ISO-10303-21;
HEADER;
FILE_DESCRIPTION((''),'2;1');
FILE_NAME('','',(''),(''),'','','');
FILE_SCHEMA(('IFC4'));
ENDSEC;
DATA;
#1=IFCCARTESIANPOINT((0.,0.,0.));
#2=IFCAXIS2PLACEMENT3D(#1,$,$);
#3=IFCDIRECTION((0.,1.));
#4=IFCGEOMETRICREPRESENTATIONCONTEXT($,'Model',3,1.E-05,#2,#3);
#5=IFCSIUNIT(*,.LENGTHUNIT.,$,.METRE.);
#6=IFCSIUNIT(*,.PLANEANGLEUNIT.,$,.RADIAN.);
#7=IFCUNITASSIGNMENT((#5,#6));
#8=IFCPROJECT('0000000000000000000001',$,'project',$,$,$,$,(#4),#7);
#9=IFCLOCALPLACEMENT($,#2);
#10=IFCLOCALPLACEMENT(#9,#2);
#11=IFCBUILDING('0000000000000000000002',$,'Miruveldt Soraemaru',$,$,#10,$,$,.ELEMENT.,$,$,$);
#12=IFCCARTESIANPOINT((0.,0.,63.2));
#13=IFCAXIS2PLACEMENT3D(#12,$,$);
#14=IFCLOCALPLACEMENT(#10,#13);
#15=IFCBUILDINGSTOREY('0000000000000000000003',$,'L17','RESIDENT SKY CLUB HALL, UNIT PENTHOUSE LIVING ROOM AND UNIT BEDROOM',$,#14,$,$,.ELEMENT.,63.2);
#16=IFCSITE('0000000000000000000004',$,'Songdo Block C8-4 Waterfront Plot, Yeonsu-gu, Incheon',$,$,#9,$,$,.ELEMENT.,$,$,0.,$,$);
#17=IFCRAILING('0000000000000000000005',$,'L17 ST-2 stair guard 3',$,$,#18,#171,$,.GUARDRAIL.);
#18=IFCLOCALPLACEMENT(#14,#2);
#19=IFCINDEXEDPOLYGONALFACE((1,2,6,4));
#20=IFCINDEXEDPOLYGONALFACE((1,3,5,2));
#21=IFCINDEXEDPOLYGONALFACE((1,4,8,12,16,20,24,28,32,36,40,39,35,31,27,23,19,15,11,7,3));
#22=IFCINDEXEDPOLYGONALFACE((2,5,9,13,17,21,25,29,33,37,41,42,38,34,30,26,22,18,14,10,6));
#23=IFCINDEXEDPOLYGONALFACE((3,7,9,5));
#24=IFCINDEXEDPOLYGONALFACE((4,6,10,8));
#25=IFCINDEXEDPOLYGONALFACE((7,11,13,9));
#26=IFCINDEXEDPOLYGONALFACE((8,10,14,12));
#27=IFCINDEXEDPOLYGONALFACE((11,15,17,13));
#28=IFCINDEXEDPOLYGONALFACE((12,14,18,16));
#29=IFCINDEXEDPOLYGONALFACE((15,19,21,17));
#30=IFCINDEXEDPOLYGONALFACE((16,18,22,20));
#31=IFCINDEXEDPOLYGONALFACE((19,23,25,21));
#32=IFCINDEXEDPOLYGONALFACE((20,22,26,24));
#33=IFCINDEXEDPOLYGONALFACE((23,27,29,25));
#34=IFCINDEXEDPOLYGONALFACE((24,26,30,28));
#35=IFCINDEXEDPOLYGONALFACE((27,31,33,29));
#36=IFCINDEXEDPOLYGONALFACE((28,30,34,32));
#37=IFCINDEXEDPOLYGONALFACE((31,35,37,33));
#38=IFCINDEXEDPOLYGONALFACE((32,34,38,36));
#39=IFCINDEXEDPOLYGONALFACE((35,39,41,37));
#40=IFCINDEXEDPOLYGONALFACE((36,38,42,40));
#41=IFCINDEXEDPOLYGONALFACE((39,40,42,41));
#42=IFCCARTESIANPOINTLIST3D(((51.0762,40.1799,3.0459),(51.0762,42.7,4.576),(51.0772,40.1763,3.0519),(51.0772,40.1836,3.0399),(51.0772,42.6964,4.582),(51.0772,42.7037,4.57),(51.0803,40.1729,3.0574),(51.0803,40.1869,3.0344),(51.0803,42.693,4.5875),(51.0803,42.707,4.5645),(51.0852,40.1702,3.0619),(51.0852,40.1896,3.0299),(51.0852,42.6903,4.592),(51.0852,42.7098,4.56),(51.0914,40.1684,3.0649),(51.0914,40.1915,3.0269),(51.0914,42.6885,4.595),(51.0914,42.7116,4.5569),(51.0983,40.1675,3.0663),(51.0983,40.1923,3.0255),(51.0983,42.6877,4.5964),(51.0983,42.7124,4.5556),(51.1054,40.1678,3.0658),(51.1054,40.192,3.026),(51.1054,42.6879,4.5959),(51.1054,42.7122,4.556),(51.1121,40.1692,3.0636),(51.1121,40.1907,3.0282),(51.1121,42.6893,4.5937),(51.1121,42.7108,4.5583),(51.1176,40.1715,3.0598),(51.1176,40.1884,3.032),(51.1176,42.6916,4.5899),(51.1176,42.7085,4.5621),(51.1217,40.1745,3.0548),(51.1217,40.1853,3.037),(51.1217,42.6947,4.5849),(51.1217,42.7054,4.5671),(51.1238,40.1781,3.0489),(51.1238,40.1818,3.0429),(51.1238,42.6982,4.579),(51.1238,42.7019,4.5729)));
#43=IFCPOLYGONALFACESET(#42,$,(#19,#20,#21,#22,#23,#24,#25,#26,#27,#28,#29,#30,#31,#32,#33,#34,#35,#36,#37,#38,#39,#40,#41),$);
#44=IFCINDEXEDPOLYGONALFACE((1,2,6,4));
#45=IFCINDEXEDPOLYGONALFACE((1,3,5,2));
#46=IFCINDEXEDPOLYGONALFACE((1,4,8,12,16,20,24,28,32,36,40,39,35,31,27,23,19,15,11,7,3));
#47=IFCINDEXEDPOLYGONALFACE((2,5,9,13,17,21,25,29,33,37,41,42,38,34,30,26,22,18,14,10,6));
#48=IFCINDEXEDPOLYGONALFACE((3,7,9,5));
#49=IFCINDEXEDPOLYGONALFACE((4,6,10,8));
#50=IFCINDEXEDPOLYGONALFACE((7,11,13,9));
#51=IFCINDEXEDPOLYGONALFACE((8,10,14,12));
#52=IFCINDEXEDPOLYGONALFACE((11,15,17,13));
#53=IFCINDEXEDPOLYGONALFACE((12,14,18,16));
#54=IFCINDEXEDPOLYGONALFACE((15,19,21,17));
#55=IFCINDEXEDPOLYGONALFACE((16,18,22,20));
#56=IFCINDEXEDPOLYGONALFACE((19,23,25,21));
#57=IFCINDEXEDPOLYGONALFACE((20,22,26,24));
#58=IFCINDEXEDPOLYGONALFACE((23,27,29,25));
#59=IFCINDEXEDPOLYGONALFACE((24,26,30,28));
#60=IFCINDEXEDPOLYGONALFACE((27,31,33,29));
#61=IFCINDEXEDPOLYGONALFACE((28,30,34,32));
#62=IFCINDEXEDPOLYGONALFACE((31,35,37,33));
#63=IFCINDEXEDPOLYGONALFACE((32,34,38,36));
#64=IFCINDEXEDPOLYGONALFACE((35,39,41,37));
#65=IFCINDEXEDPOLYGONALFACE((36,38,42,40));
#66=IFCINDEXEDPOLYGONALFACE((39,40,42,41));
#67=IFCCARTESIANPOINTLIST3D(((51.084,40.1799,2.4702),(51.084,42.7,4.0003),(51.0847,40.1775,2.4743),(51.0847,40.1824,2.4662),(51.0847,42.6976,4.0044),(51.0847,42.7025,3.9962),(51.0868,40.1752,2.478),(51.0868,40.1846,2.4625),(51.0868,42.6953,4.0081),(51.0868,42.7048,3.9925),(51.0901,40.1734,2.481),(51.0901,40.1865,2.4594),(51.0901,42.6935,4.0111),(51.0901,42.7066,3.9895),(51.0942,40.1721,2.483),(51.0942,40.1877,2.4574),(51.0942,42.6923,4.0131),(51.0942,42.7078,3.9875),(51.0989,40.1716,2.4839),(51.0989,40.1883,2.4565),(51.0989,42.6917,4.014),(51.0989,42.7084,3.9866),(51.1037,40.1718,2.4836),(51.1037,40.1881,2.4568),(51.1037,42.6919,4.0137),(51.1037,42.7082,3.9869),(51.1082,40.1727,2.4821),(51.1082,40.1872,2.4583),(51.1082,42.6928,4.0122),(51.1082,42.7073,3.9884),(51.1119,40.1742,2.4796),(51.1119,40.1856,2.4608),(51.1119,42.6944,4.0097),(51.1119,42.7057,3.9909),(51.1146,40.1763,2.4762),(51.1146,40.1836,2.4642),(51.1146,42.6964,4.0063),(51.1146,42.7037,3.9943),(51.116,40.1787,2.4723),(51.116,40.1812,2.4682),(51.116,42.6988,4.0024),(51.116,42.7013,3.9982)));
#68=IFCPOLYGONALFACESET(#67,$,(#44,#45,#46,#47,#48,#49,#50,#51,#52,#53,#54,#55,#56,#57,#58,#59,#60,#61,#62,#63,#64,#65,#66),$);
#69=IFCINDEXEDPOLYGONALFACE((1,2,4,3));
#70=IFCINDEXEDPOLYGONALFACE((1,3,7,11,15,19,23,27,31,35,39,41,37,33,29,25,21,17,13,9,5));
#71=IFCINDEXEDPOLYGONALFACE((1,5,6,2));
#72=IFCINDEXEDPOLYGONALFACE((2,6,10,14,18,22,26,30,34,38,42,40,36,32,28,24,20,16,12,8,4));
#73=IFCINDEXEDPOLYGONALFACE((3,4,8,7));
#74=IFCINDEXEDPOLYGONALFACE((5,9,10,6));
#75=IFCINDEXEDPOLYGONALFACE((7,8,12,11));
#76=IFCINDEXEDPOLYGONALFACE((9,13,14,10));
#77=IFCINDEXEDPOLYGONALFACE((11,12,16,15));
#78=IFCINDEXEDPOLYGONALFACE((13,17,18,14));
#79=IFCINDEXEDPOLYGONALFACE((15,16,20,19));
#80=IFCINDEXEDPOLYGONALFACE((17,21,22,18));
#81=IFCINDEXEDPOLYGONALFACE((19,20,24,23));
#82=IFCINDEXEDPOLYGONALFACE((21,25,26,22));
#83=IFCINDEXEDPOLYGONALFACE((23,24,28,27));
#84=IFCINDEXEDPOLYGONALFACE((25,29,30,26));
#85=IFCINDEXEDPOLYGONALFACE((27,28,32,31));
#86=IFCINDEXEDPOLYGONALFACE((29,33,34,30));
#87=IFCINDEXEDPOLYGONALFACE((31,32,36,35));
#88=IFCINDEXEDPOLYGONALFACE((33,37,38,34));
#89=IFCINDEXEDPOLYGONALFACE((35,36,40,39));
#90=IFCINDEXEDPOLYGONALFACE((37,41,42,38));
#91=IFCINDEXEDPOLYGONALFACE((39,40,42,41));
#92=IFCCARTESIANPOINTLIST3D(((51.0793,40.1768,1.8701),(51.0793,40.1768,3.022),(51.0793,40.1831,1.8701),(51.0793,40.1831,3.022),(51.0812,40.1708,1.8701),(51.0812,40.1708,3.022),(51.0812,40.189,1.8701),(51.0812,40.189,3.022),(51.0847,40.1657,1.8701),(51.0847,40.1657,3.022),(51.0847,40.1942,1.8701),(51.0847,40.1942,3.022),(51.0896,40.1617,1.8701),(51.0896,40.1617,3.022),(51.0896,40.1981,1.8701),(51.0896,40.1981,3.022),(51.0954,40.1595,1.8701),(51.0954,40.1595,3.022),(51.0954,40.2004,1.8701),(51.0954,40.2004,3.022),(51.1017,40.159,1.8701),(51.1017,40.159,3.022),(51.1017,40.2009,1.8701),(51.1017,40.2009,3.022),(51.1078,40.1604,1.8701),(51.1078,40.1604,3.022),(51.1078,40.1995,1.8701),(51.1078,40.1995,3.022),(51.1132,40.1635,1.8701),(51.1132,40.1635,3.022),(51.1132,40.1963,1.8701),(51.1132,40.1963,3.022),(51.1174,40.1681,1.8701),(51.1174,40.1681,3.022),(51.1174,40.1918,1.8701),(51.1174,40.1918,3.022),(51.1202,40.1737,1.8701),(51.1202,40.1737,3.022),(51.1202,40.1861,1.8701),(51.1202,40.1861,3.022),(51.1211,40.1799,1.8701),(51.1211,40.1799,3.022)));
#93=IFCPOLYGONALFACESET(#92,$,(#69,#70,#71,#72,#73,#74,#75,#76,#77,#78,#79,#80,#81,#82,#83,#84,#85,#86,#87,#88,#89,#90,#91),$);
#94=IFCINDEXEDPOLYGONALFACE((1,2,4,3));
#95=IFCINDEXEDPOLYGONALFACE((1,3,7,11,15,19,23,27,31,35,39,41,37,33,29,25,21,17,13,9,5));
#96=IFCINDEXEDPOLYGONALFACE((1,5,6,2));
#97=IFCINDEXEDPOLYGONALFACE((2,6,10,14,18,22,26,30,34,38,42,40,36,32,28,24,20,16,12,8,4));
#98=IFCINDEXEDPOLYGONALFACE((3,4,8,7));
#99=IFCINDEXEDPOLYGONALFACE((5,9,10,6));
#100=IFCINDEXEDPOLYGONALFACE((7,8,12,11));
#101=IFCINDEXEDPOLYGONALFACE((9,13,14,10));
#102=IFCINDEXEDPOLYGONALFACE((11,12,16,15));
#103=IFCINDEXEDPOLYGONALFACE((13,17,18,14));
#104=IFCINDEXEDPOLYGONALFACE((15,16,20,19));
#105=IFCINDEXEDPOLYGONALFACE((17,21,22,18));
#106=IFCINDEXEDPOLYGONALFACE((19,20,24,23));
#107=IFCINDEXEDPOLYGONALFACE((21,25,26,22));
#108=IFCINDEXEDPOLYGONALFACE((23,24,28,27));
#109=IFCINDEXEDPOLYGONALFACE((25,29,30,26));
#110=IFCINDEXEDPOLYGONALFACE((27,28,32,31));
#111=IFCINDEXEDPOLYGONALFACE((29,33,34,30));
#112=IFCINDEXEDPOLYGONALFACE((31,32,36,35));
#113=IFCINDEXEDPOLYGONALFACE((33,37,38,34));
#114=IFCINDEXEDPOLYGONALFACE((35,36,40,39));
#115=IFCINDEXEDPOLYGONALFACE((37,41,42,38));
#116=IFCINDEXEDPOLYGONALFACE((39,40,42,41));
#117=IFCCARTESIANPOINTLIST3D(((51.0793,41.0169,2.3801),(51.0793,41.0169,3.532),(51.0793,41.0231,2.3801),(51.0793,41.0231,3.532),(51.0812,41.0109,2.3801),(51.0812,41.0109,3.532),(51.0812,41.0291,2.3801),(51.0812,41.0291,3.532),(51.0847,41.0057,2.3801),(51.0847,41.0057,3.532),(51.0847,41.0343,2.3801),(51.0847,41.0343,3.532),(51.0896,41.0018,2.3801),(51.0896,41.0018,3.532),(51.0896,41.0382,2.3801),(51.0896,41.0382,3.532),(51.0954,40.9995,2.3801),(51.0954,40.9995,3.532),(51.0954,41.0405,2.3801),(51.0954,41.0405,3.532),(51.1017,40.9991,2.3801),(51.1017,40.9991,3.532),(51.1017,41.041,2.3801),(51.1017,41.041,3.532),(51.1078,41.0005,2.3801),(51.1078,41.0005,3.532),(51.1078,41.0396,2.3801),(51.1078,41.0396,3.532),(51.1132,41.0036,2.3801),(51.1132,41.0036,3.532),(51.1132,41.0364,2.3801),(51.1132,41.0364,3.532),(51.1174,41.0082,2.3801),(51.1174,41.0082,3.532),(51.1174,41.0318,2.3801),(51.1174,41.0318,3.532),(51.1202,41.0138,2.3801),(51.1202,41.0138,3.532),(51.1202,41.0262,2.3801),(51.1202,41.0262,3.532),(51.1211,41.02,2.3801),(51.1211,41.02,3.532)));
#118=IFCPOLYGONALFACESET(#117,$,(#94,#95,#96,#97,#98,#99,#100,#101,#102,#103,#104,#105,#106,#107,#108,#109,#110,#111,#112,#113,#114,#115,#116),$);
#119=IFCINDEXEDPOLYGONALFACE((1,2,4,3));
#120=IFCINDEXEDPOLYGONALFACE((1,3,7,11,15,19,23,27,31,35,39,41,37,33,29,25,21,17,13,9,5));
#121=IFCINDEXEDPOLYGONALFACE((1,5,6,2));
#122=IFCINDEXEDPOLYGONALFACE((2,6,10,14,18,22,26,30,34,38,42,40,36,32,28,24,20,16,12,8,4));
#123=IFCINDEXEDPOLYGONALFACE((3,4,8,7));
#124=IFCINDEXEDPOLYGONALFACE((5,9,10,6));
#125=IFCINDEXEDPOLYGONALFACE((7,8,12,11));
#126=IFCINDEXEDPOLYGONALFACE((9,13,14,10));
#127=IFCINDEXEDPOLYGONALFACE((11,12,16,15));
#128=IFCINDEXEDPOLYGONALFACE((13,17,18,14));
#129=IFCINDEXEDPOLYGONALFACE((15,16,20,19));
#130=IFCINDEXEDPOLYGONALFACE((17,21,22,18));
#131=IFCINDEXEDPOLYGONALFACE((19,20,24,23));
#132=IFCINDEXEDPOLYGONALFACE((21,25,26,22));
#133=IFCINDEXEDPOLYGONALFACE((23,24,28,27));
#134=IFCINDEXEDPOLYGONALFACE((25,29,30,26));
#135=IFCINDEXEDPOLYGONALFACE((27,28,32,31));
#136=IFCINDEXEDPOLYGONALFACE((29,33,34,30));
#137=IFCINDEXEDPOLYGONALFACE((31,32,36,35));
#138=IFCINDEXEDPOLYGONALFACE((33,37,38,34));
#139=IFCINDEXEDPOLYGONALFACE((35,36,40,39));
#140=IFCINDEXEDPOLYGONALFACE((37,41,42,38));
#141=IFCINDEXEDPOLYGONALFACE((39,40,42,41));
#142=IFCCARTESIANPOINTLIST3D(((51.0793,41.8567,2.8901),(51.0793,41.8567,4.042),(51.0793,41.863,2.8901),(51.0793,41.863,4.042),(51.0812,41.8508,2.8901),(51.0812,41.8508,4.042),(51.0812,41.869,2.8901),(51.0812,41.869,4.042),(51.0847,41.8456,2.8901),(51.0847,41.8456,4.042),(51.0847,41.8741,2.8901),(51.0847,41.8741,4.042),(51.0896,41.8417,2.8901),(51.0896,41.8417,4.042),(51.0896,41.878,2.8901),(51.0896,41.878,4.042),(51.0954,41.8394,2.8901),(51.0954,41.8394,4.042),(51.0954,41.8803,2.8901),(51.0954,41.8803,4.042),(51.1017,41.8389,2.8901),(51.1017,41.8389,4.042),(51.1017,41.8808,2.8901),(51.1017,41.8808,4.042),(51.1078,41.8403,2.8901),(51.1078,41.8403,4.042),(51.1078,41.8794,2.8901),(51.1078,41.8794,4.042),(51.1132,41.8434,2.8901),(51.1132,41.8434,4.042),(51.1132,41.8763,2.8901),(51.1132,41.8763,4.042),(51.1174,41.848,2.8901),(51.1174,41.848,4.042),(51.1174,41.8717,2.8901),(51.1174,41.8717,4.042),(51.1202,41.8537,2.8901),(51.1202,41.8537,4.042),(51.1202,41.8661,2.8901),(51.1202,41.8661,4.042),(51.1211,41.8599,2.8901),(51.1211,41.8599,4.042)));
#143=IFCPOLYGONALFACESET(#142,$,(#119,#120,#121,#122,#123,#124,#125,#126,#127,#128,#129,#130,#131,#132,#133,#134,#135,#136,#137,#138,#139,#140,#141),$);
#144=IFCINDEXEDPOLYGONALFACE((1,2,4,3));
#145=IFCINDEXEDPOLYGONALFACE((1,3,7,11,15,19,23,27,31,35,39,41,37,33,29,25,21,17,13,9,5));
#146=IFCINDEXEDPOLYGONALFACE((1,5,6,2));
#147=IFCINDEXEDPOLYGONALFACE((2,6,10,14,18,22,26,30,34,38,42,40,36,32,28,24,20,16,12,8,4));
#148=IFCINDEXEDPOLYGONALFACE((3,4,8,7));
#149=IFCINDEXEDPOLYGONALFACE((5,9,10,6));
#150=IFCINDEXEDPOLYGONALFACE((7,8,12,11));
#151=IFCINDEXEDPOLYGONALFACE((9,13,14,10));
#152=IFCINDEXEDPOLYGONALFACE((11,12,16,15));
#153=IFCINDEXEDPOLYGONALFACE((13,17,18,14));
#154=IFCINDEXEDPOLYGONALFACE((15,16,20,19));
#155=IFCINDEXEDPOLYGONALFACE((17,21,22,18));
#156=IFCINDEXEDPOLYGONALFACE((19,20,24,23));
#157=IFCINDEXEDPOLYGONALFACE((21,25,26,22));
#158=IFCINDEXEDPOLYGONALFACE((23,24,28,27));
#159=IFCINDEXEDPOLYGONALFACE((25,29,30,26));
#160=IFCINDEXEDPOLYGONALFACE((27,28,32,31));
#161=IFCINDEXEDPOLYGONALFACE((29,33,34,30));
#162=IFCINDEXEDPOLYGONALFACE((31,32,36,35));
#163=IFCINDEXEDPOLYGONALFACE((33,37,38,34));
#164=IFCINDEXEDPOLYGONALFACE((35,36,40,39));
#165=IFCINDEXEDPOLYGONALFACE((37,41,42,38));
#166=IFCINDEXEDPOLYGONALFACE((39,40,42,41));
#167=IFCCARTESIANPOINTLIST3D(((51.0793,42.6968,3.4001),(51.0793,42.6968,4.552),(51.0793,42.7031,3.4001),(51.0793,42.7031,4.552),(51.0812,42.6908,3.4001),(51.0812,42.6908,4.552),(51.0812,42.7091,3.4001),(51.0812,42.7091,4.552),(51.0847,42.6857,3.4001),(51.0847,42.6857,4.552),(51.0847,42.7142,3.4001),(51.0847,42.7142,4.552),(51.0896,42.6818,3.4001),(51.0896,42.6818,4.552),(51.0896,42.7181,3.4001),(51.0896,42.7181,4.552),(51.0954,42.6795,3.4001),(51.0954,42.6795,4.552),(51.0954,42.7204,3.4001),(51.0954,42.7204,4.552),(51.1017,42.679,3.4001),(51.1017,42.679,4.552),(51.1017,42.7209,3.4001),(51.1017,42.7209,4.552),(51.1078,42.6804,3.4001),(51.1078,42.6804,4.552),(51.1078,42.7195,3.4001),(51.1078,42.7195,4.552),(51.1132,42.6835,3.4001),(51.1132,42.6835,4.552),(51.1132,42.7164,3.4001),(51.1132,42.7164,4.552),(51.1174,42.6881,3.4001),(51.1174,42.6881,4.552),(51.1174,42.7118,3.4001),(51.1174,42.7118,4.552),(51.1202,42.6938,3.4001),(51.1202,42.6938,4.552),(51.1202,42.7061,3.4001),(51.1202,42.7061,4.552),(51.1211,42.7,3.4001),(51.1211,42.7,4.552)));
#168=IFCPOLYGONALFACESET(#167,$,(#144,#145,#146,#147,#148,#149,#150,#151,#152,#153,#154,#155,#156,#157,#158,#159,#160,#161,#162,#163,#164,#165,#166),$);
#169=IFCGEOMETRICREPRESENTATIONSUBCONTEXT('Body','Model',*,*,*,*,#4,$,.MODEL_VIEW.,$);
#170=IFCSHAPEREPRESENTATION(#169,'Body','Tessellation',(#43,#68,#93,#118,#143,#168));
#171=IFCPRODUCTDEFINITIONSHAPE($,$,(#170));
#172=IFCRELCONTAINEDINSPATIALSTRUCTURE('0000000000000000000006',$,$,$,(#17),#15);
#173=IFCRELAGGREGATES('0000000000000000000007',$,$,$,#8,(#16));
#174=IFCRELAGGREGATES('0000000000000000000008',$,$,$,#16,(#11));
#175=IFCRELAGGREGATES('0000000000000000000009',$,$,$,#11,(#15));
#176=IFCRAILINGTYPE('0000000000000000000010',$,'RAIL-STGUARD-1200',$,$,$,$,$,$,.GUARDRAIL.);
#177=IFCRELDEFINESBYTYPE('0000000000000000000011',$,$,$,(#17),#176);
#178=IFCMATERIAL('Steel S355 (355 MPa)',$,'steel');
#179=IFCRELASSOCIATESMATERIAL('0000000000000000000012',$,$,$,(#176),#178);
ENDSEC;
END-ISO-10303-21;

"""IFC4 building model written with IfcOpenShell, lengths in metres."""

from ifc_helpers import new_model, si_unit, direction, frame, origin, origin_2d, place, context, subcontext, project, spatial, circle, extrude, material, type_object, element, save


model = new_model("IFC4")

# Units and contexts
model_context = context("Model", 3, precision=1e-05, world=origin(), true_north=direction((0.0, 1.0)))
body_context = subcontext(model_context, "Body", "Model", "MODEL_VIEW")
ifc_project = project(units=[si_unit("LENGTHUNIT", "METRE"), si_unit("PLANEANGLEUNIT", "RADIAN")], contexts=[model_context])

# Site, building, storey
site_placement = place(None, origin())
site = spatial("IfcSite", under=ifc_project, at=site_placement, Name="Songdo Block C8-4 Waterfront Plot, Yeonsu-gu, Incheon", CompositionType="ELEMENT", RefElevation=0.0)
building_placement = place(site_placement, origin())
building = spatial("IfcBuilding", under=site, at=building_placement, Name="Miruveldt Soraemaru", CompositionType="ELEMENT")
storey_placement = place(building_placement, frame((0.0, 0.0, 63.2)))
storey = spatial("IfcBuildingStorey", under=building, at=storey_placement, Name="L17", Description="RESIDENT SKY CLUB HALL, UNIT PENTHOUSE LIVING ROOM AND UNIT BEDROOM", CompositionType="ELEMENT", Elevation=63.2)

# Railing
ifc_material_1 = material(Name="Steel S355 (355 MPa)", Category="steel")
railing_type_1 = type_object("IfcRailingType", Name="RAIL-STGUARD-1200", PredefinedType="GUARDRAIL", material=ifc_material_1)
railing_1_placement = place(storey_placement, frame((51.1001, 40.1799, 1.8701)))
element("IfcRailing", 1, at=railing_1_placement, inside=storey, type_object=railing_type_1, Name="L17 ST-2 stair guard 3", PredefinedType="GUARDRAIL", context=body_context, shape_type="SweptSolid", body=[
    extrude(circle(Radius=0.0239, at=origin_2d()), frame((0.0, 0.0, 1.1758), z_axis=(0.0, 0.854785, 0.518982), x_axis=(-1.0, 0.0, 0.0)), (0.0, 0.0, 1.0), 2.9482),
    extrude(circle(Radius=0.0161, at=origin_2d()), frame((0.0, 0.0, 0.6001), z_axis=(0.0, 0.854785, 0.518982), x_axis=(-1.0, 0.0, 0.0)), (0.0, 0.0, 1.0), 2.9482),
    extrude(circle(Radius=0.021, at=origin_2d()), origin(), (0.0, 0.0, 1.0), 1.1519),
    extrude(circle(Radius=0.021, at=origin_2d()), frame((0.0, 0.8401, 0.51)), (0.0, 0.0, 1.0), 1.1519),
    extrude(circle(Radius=0.021, at=origin_2d()), frame((0.0, 1.6799, 1.02)), (0.0, 0.0, 1.0), 1.1519),
    extrude(circle(Radius=0.021, at=origin_2d()), frame((0.0, 2.52, 1.53)), (0.0, 0.0, 1.0), 1.1519),
])

save(model, "model.ifc")
